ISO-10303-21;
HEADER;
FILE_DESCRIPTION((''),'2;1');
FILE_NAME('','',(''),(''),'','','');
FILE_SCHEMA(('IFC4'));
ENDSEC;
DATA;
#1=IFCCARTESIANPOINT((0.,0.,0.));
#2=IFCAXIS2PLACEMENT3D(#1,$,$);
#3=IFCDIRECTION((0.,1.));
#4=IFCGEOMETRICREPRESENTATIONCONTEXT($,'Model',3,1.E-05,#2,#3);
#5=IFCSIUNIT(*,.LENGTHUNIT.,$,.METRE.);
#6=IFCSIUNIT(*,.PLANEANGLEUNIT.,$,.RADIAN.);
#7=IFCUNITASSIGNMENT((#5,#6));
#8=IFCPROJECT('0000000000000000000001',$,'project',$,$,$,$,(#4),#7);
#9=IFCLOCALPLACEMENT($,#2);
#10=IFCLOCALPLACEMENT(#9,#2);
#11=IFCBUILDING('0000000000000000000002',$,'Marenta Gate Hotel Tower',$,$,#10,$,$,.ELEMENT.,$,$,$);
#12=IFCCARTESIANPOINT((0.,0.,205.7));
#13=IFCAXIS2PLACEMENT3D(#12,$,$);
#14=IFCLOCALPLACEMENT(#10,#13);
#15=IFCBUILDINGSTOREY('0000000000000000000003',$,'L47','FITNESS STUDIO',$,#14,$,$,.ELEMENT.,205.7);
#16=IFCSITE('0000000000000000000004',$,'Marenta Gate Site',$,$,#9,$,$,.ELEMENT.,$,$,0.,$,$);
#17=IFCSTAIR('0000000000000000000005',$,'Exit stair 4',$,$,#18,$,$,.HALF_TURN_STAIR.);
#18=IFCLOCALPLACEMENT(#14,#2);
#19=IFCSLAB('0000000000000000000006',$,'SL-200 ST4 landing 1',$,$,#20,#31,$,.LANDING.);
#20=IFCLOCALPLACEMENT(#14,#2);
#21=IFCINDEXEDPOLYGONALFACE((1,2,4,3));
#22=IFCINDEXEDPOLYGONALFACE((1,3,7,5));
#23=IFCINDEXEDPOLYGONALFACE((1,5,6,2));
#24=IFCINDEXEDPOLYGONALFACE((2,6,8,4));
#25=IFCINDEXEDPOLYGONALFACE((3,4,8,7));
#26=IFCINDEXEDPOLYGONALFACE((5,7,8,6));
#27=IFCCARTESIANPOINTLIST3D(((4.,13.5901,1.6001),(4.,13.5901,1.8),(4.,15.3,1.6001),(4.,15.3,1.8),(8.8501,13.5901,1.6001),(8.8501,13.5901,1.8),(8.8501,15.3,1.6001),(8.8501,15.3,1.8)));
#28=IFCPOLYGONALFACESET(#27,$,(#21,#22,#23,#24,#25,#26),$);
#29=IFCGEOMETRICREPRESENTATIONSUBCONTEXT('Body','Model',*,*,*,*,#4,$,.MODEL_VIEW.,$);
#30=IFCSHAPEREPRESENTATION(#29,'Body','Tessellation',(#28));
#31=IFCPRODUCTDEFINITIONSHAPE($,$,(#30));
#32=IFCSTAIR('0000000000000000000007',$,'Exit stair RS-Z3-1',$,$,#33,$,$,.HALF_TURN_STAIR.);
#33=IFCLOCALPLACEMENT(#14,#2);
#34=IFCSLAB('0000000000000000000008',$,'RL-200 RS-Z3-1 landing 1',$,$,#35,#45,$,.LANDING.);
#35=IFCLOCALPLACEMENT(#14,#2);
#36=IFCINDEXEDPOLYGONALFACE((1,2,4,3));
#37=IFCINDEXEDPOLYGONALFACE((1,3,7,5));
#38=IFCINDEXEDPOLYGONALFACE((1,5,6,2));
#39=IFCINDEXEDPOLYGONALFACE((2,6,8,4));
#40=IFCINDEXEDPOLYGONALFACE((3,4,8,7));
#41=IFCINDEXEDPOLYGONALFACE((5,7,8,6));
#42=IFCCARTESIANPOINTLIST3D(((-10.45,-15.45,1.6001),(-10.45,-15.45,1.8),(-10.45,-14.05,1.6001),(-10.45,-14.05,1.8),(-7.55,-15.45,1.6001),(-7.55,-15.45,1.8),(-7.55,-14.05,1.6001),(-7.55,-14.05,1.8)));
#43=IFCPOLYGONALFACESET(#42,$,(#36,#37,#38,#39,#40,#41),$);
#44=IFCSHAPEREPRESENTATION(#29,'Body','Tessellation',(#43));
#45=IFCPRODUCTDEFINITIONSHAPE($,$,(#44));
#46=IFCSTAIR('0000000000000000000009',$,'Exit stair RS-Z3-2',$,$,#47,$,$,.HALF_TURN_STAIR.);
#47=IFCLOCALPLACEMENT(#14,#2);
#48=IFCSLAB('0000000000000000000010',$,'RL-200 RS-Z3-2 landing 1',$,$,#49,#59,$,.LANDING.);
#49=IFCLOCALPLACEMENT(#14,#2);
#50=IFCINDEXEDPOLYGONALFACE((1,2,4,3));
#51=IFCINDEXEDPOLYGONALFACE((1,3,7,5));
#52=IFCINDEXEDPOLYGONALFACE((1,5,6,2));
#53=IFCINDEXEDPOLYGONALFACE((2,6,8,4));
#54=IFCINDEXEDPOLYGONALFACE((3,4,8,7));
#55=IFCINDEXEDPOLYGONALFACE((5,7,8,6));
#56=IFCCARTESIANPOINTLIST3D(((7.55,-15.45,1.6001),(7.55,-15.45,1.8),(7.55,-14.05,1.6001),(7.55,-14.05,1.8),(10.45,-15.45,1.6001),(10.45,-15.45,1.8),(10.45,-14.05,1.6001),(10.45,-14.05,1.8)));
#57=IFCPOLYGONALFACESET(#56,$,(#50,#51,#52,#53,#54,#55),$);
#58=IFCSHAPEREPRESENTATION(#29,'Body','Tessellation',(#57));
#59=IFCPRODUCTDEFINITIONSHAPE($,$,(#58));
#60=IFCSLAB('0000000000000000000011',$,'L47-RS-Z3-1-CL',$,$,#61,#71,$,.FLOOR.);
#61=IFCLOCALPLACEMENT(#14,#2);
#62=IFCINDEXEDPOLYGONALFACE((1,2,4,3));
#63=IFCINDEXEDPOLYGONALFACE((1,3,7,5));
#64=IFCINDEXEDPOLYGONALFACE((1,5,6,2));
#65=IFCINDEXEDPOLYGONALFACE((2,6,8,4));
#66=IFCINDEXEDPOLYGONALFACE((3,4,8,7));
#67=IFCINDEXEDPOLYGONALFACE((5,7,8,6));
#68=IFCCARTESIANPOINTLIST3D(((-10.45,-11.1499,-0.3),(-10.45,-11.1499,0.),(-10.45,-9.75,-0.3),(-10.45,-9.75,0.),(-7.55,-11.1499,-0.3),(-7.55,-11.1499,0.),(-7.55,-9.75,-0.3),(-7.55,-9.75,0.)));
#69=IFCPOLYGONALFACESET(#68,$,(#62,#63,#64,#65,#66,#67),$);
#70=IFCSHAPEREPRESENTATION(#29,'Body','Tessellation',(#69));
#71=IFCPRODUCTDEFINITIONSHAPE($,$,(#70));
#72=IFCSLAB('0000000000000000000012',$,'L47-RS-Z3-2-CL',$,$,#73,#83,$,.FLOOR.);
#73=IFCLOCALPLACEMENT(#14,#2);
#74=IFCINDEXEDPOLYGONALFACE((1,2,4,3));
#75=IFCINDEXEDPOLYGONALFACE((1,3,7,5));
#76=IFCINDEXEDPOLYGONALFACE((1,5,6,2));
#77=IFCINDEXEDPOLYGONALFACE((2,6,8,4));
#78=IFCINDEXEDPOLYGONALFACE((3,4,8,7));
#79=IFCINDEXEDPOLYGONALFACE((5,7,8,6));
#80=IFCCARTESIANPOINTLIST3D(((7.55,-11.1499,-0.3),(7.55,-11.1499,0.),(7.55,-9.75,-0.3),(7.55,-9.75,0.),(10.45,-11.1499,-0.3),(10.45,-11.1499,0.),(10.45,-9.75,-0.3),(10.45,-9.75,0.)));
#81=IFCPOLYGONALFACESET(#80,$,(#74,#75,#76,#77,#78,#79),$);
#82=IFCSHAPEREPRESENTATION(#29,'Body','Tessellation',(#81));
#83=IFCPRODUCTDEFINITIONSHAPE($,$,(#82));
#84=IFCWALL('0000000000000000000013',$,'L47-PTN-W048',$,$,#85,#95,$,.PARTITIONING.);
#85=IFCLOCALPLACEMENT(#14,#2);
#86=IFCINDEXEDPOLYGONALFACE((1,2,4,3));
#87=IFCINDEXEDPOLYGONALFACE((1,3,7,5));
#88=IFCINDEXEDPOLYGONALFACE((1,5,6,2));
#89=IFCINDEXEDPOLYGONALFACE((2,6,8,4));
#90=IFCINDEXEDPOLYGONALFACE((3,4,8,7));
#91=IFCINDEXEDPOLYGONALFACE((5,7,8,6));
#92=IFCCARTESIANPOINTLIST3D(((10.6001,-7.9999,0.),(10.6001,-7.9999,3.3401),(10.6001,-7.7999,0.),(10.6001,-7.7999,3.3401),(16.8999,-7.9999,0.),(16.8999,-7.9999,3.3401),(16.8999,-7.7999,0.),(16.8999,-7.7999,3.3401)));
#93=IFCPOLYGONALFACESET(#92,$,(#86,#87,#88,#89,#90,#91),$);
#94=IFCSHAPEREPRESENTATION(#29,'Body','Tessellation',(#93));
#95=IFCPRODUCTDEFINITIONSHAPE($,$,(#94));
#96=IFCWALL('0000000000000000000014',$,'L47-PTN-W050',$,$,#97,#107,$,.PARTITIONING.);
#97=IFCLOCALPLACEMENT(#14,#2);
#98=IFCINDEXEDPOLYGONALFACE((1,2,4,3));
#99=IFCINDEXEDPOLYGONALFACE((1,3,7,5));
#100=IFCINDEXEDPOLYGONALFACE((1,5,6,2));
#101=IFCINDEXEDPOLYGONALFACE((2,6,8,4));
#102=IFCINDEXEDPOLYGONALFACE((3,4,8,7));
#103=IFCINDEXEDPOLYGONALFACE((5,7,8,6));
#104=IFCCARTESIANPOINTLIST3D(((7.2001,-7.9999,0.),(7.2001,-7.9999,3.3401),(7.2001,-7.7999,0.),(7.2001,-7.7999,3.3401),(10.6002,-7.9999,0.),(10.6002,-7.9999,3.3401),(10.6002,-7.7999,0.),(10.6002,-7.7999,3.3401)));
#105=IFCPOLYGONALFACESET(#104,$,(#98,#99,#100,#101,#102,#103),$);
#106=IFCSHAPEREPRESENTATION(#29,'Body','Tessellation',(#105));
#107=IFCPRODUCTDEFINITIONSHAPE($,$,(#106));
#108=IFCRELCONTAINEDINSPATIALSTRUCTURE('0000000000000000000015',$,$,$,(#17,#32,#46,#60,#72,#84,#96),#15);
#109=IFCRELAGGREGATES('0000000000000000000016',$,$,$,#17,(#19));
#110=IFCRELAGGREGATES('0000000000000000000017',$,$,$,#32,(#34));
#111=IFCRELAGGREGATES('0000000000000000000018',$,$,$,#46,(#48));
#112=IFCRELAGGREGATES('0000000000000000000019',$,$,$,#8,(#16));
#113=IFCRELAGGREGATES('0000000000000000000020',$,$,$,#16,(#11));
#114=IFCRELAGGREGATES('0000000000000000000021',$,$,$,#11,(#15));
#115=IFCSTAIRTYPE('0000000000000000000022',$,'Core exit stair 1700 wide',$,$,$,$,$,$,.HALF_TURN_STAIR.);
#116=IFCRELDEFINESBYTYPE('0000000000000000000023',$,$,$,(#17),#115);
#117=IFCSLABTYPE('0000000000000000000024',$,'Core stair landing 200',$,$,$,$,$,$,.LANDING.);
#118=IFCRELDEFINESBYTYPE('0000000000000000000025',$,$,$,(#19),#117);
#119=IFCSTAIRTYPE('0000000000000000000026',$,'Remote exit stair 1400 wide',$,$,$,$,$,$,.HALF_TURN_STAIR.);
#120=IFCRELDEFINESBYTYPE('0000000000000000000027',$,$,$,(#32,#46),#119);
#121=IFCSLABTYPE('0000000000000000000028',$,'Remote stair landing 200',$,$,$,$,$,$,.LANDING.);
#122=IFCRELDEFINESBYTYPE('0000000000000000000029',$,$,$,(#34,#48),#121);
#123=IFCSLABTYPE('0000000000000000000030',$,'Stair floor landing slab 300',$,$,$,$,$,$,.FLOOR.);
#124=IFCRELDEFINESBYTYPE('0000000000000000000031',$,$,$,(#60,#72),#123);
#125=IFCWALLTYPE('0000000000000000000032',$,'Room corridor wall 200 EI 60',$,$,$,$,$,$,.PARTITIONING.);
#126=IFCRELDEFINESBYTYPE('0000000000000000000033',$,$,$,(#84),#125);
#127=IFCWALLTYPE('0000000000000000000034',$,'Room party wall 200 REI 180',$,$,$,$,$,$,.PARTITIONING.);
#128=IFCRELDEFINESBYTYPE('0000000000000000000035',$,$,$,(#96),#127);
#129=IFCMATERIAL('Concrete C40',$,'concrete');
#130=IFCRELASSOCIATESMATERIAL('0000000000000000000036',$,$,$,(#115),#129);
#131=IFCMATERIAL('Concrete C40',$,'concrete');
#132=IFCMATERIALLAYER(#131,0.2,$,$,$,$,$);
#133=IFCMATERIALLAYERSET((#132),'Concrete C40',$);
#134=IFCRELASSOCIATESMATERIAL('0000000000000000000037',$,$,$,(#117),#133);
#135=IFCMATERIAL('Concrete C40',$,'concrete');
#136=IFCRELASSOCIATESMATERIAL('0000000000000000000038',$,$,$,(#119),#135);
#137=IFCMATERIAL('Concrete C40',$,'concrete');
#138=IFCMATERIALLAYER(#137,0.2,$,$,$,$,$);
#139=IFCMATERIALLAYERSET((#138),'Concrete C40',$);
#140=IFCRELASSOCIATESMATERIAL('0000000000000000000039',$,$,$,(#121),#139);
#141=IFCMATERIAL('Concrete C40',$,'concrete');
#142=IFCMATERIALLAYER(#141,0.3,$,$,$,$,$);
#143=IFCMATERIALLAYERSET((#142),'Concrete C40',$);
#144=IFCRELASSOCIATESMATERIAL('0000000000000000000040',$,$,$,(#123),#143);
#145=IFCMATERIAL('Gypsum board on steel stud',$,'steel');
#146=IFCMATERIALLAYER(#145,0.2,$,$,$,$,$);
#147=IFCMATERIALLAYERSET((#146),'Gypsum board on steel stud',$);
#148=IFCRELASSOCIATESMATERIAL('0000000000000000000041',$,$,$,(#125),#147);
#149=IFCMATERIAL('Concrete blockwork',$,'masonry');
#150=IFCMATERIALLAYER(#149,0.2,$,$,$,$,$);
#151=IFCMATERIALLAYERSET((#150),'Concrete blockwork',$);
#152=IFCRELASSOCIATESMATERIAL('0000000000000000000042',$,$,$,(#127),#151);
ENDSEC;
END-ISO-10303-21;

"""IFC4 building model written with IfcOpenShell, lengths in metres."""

from ifc_helpers import new_model, si_unit, direction, frame, frame_2d, origin, place, context, subcontext, project, spatial, polyline, rectangle, outline, extrude, material, layer, layer_set, type_object, element, aggregate, save


model = new_model("IFC4")

# Units and contexts
model_context = context("Model", 3, precision=1e-05, world=origin(), true_north=direction((0.0, 1.0)))
body_context = subcontext(model_context, "Body", "Model", "MODEL_VIEW")
ifc_project = project(units=[si_unit("LENGTHUNIT", "METRE"), si_unit("PLANEANGLEUNIT", "RADIAN")], contexts=[model_context])

# Site, building, storey
site_placement = place(None, origin())
site = spatial("IfcSite", under=ifc_project, at=site_placement, Name="Marenta Gate Site", CompositionType="ELEMENT", RefElevation=0.0)
building_placement = place(site_placement, origin())
building = spatial("IfcBuilding", under=site, at=building_placement, Name="Marenta Gate Hotel Tower", CompositionType="ELEMENT")
storey_placement = place(building_placement, frame((0.0, 0.0, 205.7)))
storey = spatial("IfcBuildingStorey", under=building, at=storey_placement, Name="L47", Description="FITNESS STUDIO", CompositionType="ELEMENT", Elevation=205.7)

# Stairs, slabs
ifc_material_1 = material(Name="Concrete C40", Category="concrete")
stair_type_1 = type_object("IfcStairType", Name="Core exit stair 1700 wide", PredefinedType="HALF_TURN_STAIR", material=ifc_material_1)
ifc_material_2 = material(Name="Concrete C40", Category="concrete")
ifc_layer_1 = layer(ifc_material_2, 0.2)
ifc_layer_set_1 = layer_set([ifc_layer_1], Name="Concrete C40")
slab_type_1 = type_object("IfcSlabType", Name="Core stair landing 200", PredefinedType="LANDING", material=ifc_layer_set_1)
stair_1_placement = place(storey_placement, origin())
stair_1 = element("IfcStair", 1, at=stair_1_placement, inside=storey, type_object=stair_type_1, Name="Exit stair 4", PredefinedType="HALF_TURN_STAIR")
slab_1_placement = place(storey_placement, frame((0.0, 0.0, 1.6001)))
slab_1 = element("IfcSlab", 2, at=slab_1_placement, type_object=slab_type_1, Name="SL-200 ST4 landing 1", PredefinedType="LANDING", context=body_context, shape_type="SweptSolid", body=[
    extrude(outline(polyline([(4.0, 13.5901), (8.8501, 13.5901), (8.8501, 15.3), (4.0, 15.3), (4.0, 13.5901)])), origin(), (0.0, 0.0, 1.0), 0.2),
])
aggregate(stair_1, [slab_1])
ifc_material_3 = material(Name="Concrete C40", Category="concrete")
stair_type_2 = type_object("IfcStairType", Name="Remote exit stair 1400 wide", PredefinedType="HALF_TURN_STAIR", material=ifc_material_3)
stair_2_placement = place(storey_placement, origin())
stair_2 = element("IfcStair", 3, at=stair_2_placement, inside=storey, type_object=stair_type_2, Name="Exit stair RS-Z3-1", PredefinedType="HALF_TURN_STAIR")
ifc_material_4 = material(Name="Concrete C40", Category="concrete")
ifc_layer_2 = layer(ifc_material_4, 0.2)
ifc_layer_set_2 = layer_set([ifc_layer_2], Name="Concrete C40")
slab_type_2 = type_object("IfcSlabType", Name="Remote stair landing 200", PredefinedType="LANDING", material=ifc_layer_set_2)
slab_2_placement = place(storey_placement, frame((0.0, 0.0, 1.6001)))
slab_2 = element("IfcSlab", 4, at=slab_2_placement, type_object=slab_type_2, Name="RL-200 RS-Z3-1 landing 1", PredefinedType="LANDING", context=body_context, shape_type="SweptSolid", body=[
    extrude(outline(polyline([(-10.45, -15.45), (-7.55, -15.45), (-7.55, -14.05), (-10.45, -14.05), (-10.45, -15.45)])), origin(), (0.0, 0.0, 1.0), 0.2),
])
aggregate(stair_2, [slab_2])
stair_3_placement = place(storey_placement, origin())
stair_3 = element("IfcStair", 5, at=stair_3_placement, inside=storey, type_object=stair_type_2, Name="Exit stair RS-Z3-2", PredefinedType="HALF_TURN_STAIR")
slab_3_placement = place(storey_placement, frame((0.0, 0.0, 1.6001)))
slab_3 = element("IfcSlab", 6, at=slab_3_placement, type_object=slab_type_2, Name="RL-200 RS-Z3-2 landing 1", PredefinedType="LANDING", context=body_context, shape_type="SweptSolid", body=[
    extrude(outline(polyline([(7.55, -15.45), (10.45, -15.45), (10.45, -14.05), (7.55, -14.05), (7.55, -15.45)])), origin(), (0.0, 0.0, 1.0), 0.2),
])
aggregate(stair_3, [slab_3])

# Slabs
ifc_material_5 = material(Name="Concrete C40", Category="concrete")
ifc_layer_3 = layer(ifc_material_5, 0.3)
ifc_layer_set_3 = layer_set([ifc_layer_3], Name="Concrete C40")
slab_type_3 = type_object("IfcSlabType", Name="Stair floor landing slab 300", PredefinedType="FLOOR", material=ifc_layer_set_3)
slab_4_placement = place(storey_placement, frame((0.0, 0.0, -0.3)))
element("IfcSlab", 7, at=slab_4_placement, inside=storey, type_object=slab_type_3, Name="L47-RS-Z3-1-CL", PredefinedType="FLOOR", context=body_context, shape_type="SweptSolid", body=[
    extrude(outline(polyline([(-7.55, -11.1499), (-7.55, -9.75), (-10.45, -9.75), (-10.45, -11.1499), (-7.55, -11.1499)])), origin(), (0.0, 0.0, 1.0), 0.3),
])
slab_5_placement = place(storey_placement, frame((0.0, 0.0, -0.3)))
element("IfcSlab", 8, at=slab_5_placement, inside=storey, type_object=slab_type_3, Name="L47-RS-Z3-2-CL", PredefinedType="FLOOR", context=body_context, shape_type="SweptSolid", body=[
    extrude(outline(polyline([(10.45, -11.1499), (10.45, -9.75), (7.55, -9.75), (7.55, -11.1499), (10.45, -11.1499)])), origin(), (0.0, 0.0, 1.0), 0.3),
])

# Walls
ifc_material_6 = material(Name="Gypsum board on steel stud", Category="steel")
ifc_layer_4 = layer(ifc_material_6, 0.2)
ifc_layer_set_4 = layer_set([ifc_layer_4], Name="Gypsum board on steel stud")
wall_type_1 = type_object("IfcWallType", Name="Room corridor wall 200 EI 60", PredefinedType="PARTITIONING", material=ifc_layer_set_4)
wall_1_placement = place(storey_placement, frame((10.6001, -7.8999, 0.0), z_axis=(0.0, 0.0, 1.0), x_axis=(1.0, 0.0, 0.0)))
element("IfcWall", 9, at=wall_1_placement, inside=storey, type_object=wall_type_1, Name="L47-PTN-W048", PredefinedType="PARTITIONING", context=body_context, shape_type="SweptSolid", body=[
    extrude(rectangle(XDim=6.2998, YDim=0.2, at=frame_2d((3.1499, 0.0))), origin(), (0.0, 0.0, 1.0), 3.3401),
])
ifc_material_7 = material(Name="Concrete blockwork", Category="masonry")
ifc_layer_5 = layer(ifc_material_7, 0.2)
ifc_layer_set_5 = layer_set([ifc_layer_5], Name="Concrete blockwork")
wall_type_2 = type_object("IfcWallType", Name="Room party wall 200 REI 180", PredefinedType="PARTITIONING", material=ifc_layer_set_5)
wall_2_placement = place(storey_placement, frame((7.2, -7.8999, 0.0), z_axis=(0.0, 0.0, 1.0), x_axis=(1.0, 0.0, 0.0)))
element("IfcWall", 10, at=wall_2_placement, inside=storey, type_object=wall_type_2, Name="L47-PTN-W050", PredefinedType="PARTITIONING", context=body_context, shape_type="SweptSolid", body=[
    extrude(rectangle(XDim=3.4001, YDim=0.2, at=frame_2d((1.7002, 0.0))), origin(), (0.0, 0.0, 1.0), 3.3401),
])

save(model, "model.ifc")
